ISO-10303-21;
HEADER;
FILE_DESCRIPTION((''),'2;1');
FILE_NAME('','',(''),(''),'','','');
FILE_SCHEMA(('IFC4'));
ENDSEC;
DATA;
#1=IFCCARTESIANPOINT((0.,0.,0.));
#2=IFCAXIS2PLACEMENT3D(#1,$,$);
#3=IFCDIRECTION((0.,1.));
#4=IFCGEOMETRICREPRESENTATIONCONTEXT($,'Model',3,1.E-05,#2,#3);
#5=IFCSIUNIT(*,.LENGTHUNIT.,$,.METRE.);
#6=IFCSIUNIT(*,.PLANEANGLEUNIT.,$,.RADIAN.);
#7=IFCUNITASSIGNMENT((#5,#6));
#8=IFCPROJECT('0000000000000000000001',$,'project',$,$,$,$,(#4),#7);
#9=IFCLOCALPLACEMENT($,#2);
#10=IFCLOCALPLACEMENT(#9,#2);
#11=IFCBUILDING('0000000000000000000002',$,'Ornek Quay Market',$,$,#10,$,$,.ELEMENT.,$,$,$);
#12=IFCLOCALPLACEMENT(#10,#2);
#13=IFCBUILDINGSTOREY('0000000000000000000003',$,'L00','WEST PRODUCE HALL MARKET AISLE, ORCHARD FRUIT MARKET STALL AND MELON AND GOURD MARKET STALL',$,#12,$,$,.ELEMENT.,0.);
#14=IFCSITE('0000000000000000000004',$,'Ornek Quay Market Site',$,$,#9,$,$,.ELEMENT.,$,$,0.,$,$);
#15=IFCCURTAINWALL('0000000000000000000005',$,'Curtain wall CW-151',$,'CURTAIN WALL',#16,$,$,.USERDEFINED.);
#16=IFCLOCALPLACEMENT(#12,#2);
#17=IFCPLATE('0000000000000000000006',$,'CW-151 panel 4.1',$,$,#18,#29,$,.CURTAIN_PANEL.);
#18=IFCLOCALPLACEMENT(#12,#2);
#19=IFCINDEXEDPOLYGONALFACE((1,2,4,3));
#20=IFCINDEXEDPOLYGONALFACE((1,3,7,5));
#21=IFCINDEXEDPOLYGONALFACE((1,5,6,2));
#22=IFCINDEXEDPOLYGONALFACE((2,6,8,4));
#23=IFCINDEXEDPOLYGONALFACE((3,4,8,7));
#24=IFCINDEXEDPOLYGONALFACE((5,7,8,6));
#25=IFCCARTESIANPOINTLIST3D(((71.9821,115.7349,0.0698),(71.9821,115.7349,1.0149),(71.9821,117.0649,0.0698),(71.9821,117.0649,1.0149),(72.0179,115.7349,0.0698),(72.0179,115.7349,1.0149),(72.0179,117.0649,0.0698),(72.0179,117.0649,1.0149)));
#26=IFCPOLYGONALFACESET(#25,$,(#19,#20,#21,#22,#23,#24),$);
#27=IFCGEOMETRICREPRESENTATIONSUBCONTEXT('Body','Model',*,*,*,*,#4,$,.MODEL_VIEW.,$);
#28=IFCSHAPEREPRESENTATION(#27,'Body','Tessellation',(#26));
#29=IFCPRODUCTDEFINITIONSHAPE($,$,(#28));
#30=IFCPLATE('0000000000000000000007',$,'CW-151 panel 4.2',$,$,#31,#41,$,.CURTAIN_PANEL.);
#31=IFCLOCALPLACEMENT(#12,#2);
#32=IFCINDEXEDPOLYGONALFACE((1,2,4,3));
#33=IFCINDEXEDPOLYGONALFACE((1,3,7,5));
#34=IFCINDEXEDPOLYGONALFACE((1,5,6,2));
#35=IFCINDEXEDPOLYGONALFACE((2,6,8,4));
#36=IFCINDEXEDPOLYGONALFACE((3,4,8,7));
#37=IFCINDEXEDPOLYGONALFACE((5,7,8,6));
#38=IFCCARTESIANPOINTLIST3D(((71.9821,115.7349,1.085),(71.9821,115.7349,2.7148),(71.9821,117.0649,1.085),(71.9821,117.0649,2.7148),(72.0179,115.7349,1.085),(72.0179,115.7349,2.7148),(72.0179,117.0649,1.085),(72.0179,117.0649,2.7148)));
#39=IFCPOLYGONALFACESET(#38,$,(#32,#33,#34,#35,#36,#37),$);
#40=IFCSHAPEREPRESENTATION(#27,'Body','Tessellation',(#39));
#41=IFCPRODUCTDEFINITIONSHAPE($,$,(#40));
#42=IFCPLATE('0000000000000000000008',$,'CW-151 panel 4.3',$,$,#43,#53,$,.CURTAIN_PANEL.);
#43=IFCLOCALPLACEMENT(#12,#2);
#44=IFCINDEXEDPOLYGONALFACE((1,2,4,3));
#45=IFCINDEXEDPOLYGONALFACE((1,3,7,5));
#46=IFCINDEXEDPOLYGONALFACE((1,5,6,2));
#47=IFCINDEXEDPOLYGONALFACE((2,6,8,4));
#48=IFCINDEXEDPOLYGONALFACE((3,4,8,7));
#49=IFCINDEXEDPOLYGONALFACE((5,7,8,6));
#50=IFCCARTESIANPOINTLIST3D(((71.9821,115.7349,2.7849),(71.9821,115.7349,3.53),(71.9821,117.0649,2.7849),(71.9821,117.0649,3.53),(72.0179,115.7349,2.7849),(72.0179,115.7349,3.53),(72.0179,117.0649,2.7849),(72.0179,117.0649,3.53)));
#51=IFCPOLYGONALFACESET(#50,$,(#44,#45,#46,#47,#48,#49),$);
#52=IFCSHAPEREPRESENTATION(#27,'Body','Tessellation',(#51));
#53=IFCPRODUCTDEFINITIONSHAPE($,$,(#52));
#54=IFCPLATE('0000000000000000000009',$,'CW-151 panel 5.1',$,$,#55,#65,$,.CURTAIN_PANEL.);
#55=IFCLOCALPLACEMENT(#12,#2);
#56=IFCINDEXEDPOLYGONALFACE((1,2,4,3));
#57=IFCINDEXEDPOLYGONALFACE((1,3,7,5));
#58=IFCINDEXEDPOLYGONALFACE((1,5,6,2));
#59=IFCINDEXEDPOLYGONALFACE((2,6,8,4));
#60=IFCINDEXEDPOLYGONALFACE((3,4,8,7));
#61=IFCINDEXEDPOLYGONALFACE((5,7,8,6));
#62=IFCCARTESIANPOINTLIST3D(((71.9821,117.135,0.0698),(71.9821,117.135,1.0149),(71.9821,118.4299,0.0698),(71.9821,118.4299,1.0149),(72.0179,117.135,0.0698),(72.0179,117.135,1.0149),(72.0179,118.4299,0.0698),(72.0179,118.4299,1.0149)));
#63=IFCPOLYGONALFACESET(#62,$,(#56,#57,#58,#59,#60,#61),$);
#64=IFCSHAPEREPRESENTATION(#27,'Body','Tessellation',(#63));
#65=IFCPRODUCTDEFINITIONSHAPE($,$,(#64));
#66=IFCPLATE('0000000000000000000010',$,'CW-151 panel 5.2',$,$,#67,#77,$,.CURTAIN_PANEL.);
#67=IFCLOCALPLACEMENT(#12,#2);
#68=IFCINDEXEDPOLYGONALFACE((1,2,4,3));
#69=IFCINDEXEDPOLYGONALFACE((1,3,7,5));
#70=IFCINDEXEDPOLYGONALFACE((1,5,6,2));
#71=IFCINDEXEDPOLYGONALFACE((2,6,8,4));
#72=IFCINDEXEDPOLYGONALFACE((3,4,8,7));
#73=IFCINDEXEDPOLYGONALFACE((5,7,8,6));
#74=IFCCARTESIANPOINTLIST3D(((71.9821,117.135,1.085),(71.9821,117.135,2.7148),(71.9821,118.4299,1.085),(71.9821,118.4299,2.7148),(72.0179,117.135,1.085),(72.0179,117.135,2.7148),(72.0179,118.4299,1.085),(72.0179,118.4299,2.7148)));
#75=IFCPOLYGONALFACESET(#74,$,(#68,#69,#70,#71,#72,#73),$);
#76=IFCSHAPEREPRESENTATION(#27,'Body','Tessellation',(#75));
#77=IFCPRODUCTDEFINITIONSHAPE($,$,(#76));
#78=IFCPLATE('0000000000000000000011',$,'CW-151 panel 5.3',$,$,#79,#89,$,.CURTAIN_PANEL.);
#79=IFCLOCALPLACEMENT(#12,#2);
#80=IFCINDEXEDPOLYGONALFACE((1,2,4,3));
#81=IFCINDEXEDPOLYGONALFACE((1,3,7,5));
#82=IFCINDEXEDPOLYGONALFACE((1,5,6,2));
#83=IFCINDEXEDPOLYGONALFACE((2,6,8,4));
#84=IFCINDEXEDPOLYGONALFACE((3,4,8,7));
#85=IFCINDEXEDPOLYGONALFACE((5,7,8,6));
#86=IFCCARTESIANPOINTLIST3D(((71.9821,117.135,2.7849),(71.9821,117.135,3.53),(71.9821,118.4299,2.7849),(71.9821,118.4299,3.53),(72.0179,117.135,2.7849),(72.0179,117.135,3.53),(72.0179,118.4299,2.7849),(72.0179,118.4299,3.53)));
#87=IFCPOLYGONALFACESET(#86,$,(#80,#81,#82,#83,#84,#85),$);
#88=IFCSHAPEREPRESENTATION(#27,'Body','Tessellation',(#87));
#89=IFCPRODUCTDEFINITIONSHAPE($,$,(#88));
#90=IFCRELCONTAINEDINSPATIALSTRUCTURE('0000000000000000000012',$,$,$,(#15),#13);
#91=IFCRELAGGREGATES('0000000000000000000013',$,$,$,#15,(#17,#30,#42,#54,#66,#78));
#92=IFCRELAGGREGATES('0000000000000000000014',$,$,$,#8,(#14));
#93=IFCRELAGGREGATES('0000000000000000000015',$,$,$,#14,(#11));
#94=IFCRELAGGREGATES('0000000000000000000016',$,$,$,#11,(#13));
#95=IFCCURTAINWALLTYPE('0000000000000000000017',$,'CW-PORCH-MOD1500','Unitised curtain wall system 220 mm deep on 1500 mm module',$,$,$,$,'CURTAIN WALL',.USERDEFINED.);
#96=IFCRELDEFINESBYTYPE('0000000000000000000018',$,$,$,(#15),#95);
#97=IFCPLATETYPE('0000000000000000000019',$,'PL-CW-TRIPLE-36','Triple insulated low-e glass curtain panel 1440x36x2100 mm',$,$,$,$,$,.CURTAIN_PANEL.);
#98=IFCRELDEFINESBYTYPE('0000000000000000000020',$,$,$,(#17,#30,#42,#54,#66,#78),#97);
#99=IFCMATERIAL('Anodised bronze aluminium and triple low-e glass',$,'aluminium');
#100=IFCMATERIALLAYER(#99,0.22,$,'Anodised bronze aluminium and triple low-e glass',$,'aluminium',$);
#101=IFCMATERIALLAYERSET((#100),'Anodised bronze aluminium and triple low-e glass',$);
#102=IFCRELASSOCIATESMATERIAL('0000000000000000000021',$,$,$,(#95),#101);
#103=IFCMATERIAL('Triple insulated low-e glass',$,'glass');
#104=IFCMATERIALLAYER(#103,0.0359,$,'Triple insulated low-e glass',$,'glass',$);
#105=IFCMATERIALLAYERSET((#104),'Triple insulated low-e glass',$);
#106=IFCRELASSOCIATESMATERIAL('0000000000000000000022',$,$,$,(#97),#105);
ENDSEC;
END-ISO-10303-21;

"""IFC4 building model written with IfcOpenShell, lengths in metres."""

from ifc_helpers import new_model, si_unit, direction, frame, origin, origin_2d, place, context, subcontext, project, spatial, rectangle, extrude, material, layer, layer_set, type_object, element, aggregate, save


model = new_model("IFC4")

# Units and contexts
model_context = context("Model", 3, precision=1e-05, world=origin(), true_north=direction((0.0, 1.0)))
body_context = subcontext(model_context, "Body", "Model", "MODEL_VIEW")
ifc_project = project(units=[si_unit("LENGTHUNIT", "METRE"), si_unit("PLANEANGLEUNIT", "RADIAN")], contexts=[model_context])

# Site, building, storey
site_placement = place(None, origin())
site = spatial("IfcSite", under=ifc_project, at=site_placement, Name="Ornek Quay Market Site", CompositionType="ELEMENT", RefElevation=0.0)
building_placement = place(site_placement, origin())
building = spatial("IfcBuilding", under=site, at=building_placement, Name="Ornek Quay Market", CompositionType="ELEMENT")
storey_placement = place(building_placement, origin())
storey = spatial("IfcBuildingStorey", under=building, at=storey_placement, Name="L00", Description="WEST PRODUCE HALL MARKET AISLE, ORCHARD FRUIT MARKET STALL AND MELON AND GOURD MARKET STALL", CompositionType="ELEMENT", Elevation=0.0)

# Curtain wall, plates
ifc_material_1 = material(Name="Anodised bronze aluminium and triple low-e glass", Category="aluminium")
ifc_layer_1 = layer(ifc_material_1, 0.22, Name="Anodised bronze aluminium and triple low-e glass", Category="aluminium")
ifc_layer_set_1 = layer_set([ifc_layer_1], Name="Anodised bronze aluminium and triple low-e glass")
curtain_wall_type = type_object("IfcCurtainWallType", Name="CW-PORCH-MOD1500", Description="Unitised curtain wall system 220 mm deep on 1500 mm module", ElementType="CURTAIN WALL", PredefinedType="USERDEFINED", material=ifc_layer_set_1)
curtain_wall_placement = place(storey_placement, origin())
curtain_wall = element("IfcCurtainWall", 1, at=curtain_wall_placement, inside=storey, type_object=curtain_wall_type, Name="Curtain wall CW-151", ObjectType="CURTAIN WALL", PredefinedType="USERDEFINED")
ifc_material_2 = material(Name="Triple insulated low-e glass", Category="glass")
ifc_layer_2 = layer(ifc_material_2, 0.0359, Name="Triple insulated low-e glass", Category="glass")
ifc_layer_set_2 = layer_set([ifc_layer_2], Name="Triple insulated low-e glass")
plate_type = type_object("IfcPlateType", Name="PL-CW-TRIPLE-36", Description="Triple insulated low-e glass curtain panel 1440x36x2100 mm", PredefinedType="CURTAIN_PANEL", material=ifc_layer_set_2)
plate_1_placement = place(storey_placement, frame((72.0, 116.3999, 0.0698), z_axis=(0.0, 0.0, 1.0), x_axis=(0.0, 1.0, 0.0)))
plate_1 = element("IfcPlate", 2, at=plate_1_placement, type_object=plate_type, Name="CW-151 panel 4.1", PredefinedType="CURTAIN_PANEL", context=body_context, shape_type="SweptSolid", body=[
    extrude(rectangle(XDim=1.3301, YDim=0.0359, at=origin_2d()), origin(), (0.0, 0.0, 1.0), 0.9451),
])
plate_2_placement = place(storey_placement, frame((72.0, 116.3999, 1.085), z_axis=(0.0, 0.0, 1.0), x_axis=(0.0, 1.0, 0.0)))
plate_2 = element("IfcPlate", 3, at=plate_2_placement, type_object=plate_type, Name="CW-151 panel 4.2", PredefinedType="CURTAIN_PANEL", context=body_context, shape_type="SweptSolid", body=[
    extrude(rectangle(XDim=1.3301, YDim=0.0359, at=origin_2d()), origin(), (0.0, 0.0, 1.0), 1.6299),
])
plate_3_placement = place(storey_placement, frame((72.0, 116.3999, 2.7849), z_axis=(0.0, 0.0, 1.0), x_axis=(0.0, 1.0, 0.0)))
plate_3 = element("IfcPlate", 4, at=plate_3_placement, type_object=plate_type, Name="CW-151 panel 4.3", PredefinedType="CURTAIN_PANEL", context=body_context, shape_type="SweptSolid", body=[
    extrude(rectangle(XDim=1.3301, YDim=0.0359, at=origin_2d()), origin(), (0.0, 0.0, 1.0), 0.7451),
])
plate_4_placement = place(storey_placement, frame((72.0, 117.7825, 0.0698), z_axis=(0.0, 0.0, 1.0), x_axis=(0.0, 1.0, 0.0)))
plate_4 = element("IfcPlate", 5, at=plate_4_placement, type_object=plate_type, Name="CW-151 panel 5.1", PredefinedType="CURTAIN_PANEL", context=body_context, shape_type="SweptSolid", body=[
    extrude(rectangle(XDim=1.2949, YDim=0.0359, at=origin_2d()), origin(), (0.0, 0.0, 1.0), 0.9451),
])
plate_5_placement = place(storey_placement, frame((72.0, 117.7825, 1.085), z_axis=(0.0, 0.0, 1.0), x_axis=(0.0, 1.0, 0.0)))
plate_5 = element("IfcPlate", 6, at=plate_5_placement, type_object=plate_type, Name="CW-151 panel 5.2", PredefinedType="CURTAIN_PANEL", context=body_context, shape_type="SweptSolid", body=[
    extrude(rectangle(XDim=1.2949, YDim=0.0359, at=origin_2d()), origin(), (0.0, 0.0, 1.0), 1.6299),
])
plate_6_placement = place(storey_placement, frame((72.0, 117.7825, 2.7849), z_axis=(0.0, 0.0, 1.0), x_axis=(0.0, 1.0, 0.0)))
plate_6 = element("IfcPlate", 7, at=plate_6_placement, type_object=plate_type, Name="CW-151 panel 5.3", PredefinedType="CURTAIN_PANEL", context=body_context, shape_type="SweptSolid", body=[
    extrude(rectangle(XDim=1.2949, YDim=0.0359, at=origin_2d()), origin(), (0.0, 0.0, 1.0), 0.7451),
])
aggregate(curtain_wall, [plate_1, plate_2, plate_3, plate_4, plate_5, plate_6])

save(model, "model.ifc")
